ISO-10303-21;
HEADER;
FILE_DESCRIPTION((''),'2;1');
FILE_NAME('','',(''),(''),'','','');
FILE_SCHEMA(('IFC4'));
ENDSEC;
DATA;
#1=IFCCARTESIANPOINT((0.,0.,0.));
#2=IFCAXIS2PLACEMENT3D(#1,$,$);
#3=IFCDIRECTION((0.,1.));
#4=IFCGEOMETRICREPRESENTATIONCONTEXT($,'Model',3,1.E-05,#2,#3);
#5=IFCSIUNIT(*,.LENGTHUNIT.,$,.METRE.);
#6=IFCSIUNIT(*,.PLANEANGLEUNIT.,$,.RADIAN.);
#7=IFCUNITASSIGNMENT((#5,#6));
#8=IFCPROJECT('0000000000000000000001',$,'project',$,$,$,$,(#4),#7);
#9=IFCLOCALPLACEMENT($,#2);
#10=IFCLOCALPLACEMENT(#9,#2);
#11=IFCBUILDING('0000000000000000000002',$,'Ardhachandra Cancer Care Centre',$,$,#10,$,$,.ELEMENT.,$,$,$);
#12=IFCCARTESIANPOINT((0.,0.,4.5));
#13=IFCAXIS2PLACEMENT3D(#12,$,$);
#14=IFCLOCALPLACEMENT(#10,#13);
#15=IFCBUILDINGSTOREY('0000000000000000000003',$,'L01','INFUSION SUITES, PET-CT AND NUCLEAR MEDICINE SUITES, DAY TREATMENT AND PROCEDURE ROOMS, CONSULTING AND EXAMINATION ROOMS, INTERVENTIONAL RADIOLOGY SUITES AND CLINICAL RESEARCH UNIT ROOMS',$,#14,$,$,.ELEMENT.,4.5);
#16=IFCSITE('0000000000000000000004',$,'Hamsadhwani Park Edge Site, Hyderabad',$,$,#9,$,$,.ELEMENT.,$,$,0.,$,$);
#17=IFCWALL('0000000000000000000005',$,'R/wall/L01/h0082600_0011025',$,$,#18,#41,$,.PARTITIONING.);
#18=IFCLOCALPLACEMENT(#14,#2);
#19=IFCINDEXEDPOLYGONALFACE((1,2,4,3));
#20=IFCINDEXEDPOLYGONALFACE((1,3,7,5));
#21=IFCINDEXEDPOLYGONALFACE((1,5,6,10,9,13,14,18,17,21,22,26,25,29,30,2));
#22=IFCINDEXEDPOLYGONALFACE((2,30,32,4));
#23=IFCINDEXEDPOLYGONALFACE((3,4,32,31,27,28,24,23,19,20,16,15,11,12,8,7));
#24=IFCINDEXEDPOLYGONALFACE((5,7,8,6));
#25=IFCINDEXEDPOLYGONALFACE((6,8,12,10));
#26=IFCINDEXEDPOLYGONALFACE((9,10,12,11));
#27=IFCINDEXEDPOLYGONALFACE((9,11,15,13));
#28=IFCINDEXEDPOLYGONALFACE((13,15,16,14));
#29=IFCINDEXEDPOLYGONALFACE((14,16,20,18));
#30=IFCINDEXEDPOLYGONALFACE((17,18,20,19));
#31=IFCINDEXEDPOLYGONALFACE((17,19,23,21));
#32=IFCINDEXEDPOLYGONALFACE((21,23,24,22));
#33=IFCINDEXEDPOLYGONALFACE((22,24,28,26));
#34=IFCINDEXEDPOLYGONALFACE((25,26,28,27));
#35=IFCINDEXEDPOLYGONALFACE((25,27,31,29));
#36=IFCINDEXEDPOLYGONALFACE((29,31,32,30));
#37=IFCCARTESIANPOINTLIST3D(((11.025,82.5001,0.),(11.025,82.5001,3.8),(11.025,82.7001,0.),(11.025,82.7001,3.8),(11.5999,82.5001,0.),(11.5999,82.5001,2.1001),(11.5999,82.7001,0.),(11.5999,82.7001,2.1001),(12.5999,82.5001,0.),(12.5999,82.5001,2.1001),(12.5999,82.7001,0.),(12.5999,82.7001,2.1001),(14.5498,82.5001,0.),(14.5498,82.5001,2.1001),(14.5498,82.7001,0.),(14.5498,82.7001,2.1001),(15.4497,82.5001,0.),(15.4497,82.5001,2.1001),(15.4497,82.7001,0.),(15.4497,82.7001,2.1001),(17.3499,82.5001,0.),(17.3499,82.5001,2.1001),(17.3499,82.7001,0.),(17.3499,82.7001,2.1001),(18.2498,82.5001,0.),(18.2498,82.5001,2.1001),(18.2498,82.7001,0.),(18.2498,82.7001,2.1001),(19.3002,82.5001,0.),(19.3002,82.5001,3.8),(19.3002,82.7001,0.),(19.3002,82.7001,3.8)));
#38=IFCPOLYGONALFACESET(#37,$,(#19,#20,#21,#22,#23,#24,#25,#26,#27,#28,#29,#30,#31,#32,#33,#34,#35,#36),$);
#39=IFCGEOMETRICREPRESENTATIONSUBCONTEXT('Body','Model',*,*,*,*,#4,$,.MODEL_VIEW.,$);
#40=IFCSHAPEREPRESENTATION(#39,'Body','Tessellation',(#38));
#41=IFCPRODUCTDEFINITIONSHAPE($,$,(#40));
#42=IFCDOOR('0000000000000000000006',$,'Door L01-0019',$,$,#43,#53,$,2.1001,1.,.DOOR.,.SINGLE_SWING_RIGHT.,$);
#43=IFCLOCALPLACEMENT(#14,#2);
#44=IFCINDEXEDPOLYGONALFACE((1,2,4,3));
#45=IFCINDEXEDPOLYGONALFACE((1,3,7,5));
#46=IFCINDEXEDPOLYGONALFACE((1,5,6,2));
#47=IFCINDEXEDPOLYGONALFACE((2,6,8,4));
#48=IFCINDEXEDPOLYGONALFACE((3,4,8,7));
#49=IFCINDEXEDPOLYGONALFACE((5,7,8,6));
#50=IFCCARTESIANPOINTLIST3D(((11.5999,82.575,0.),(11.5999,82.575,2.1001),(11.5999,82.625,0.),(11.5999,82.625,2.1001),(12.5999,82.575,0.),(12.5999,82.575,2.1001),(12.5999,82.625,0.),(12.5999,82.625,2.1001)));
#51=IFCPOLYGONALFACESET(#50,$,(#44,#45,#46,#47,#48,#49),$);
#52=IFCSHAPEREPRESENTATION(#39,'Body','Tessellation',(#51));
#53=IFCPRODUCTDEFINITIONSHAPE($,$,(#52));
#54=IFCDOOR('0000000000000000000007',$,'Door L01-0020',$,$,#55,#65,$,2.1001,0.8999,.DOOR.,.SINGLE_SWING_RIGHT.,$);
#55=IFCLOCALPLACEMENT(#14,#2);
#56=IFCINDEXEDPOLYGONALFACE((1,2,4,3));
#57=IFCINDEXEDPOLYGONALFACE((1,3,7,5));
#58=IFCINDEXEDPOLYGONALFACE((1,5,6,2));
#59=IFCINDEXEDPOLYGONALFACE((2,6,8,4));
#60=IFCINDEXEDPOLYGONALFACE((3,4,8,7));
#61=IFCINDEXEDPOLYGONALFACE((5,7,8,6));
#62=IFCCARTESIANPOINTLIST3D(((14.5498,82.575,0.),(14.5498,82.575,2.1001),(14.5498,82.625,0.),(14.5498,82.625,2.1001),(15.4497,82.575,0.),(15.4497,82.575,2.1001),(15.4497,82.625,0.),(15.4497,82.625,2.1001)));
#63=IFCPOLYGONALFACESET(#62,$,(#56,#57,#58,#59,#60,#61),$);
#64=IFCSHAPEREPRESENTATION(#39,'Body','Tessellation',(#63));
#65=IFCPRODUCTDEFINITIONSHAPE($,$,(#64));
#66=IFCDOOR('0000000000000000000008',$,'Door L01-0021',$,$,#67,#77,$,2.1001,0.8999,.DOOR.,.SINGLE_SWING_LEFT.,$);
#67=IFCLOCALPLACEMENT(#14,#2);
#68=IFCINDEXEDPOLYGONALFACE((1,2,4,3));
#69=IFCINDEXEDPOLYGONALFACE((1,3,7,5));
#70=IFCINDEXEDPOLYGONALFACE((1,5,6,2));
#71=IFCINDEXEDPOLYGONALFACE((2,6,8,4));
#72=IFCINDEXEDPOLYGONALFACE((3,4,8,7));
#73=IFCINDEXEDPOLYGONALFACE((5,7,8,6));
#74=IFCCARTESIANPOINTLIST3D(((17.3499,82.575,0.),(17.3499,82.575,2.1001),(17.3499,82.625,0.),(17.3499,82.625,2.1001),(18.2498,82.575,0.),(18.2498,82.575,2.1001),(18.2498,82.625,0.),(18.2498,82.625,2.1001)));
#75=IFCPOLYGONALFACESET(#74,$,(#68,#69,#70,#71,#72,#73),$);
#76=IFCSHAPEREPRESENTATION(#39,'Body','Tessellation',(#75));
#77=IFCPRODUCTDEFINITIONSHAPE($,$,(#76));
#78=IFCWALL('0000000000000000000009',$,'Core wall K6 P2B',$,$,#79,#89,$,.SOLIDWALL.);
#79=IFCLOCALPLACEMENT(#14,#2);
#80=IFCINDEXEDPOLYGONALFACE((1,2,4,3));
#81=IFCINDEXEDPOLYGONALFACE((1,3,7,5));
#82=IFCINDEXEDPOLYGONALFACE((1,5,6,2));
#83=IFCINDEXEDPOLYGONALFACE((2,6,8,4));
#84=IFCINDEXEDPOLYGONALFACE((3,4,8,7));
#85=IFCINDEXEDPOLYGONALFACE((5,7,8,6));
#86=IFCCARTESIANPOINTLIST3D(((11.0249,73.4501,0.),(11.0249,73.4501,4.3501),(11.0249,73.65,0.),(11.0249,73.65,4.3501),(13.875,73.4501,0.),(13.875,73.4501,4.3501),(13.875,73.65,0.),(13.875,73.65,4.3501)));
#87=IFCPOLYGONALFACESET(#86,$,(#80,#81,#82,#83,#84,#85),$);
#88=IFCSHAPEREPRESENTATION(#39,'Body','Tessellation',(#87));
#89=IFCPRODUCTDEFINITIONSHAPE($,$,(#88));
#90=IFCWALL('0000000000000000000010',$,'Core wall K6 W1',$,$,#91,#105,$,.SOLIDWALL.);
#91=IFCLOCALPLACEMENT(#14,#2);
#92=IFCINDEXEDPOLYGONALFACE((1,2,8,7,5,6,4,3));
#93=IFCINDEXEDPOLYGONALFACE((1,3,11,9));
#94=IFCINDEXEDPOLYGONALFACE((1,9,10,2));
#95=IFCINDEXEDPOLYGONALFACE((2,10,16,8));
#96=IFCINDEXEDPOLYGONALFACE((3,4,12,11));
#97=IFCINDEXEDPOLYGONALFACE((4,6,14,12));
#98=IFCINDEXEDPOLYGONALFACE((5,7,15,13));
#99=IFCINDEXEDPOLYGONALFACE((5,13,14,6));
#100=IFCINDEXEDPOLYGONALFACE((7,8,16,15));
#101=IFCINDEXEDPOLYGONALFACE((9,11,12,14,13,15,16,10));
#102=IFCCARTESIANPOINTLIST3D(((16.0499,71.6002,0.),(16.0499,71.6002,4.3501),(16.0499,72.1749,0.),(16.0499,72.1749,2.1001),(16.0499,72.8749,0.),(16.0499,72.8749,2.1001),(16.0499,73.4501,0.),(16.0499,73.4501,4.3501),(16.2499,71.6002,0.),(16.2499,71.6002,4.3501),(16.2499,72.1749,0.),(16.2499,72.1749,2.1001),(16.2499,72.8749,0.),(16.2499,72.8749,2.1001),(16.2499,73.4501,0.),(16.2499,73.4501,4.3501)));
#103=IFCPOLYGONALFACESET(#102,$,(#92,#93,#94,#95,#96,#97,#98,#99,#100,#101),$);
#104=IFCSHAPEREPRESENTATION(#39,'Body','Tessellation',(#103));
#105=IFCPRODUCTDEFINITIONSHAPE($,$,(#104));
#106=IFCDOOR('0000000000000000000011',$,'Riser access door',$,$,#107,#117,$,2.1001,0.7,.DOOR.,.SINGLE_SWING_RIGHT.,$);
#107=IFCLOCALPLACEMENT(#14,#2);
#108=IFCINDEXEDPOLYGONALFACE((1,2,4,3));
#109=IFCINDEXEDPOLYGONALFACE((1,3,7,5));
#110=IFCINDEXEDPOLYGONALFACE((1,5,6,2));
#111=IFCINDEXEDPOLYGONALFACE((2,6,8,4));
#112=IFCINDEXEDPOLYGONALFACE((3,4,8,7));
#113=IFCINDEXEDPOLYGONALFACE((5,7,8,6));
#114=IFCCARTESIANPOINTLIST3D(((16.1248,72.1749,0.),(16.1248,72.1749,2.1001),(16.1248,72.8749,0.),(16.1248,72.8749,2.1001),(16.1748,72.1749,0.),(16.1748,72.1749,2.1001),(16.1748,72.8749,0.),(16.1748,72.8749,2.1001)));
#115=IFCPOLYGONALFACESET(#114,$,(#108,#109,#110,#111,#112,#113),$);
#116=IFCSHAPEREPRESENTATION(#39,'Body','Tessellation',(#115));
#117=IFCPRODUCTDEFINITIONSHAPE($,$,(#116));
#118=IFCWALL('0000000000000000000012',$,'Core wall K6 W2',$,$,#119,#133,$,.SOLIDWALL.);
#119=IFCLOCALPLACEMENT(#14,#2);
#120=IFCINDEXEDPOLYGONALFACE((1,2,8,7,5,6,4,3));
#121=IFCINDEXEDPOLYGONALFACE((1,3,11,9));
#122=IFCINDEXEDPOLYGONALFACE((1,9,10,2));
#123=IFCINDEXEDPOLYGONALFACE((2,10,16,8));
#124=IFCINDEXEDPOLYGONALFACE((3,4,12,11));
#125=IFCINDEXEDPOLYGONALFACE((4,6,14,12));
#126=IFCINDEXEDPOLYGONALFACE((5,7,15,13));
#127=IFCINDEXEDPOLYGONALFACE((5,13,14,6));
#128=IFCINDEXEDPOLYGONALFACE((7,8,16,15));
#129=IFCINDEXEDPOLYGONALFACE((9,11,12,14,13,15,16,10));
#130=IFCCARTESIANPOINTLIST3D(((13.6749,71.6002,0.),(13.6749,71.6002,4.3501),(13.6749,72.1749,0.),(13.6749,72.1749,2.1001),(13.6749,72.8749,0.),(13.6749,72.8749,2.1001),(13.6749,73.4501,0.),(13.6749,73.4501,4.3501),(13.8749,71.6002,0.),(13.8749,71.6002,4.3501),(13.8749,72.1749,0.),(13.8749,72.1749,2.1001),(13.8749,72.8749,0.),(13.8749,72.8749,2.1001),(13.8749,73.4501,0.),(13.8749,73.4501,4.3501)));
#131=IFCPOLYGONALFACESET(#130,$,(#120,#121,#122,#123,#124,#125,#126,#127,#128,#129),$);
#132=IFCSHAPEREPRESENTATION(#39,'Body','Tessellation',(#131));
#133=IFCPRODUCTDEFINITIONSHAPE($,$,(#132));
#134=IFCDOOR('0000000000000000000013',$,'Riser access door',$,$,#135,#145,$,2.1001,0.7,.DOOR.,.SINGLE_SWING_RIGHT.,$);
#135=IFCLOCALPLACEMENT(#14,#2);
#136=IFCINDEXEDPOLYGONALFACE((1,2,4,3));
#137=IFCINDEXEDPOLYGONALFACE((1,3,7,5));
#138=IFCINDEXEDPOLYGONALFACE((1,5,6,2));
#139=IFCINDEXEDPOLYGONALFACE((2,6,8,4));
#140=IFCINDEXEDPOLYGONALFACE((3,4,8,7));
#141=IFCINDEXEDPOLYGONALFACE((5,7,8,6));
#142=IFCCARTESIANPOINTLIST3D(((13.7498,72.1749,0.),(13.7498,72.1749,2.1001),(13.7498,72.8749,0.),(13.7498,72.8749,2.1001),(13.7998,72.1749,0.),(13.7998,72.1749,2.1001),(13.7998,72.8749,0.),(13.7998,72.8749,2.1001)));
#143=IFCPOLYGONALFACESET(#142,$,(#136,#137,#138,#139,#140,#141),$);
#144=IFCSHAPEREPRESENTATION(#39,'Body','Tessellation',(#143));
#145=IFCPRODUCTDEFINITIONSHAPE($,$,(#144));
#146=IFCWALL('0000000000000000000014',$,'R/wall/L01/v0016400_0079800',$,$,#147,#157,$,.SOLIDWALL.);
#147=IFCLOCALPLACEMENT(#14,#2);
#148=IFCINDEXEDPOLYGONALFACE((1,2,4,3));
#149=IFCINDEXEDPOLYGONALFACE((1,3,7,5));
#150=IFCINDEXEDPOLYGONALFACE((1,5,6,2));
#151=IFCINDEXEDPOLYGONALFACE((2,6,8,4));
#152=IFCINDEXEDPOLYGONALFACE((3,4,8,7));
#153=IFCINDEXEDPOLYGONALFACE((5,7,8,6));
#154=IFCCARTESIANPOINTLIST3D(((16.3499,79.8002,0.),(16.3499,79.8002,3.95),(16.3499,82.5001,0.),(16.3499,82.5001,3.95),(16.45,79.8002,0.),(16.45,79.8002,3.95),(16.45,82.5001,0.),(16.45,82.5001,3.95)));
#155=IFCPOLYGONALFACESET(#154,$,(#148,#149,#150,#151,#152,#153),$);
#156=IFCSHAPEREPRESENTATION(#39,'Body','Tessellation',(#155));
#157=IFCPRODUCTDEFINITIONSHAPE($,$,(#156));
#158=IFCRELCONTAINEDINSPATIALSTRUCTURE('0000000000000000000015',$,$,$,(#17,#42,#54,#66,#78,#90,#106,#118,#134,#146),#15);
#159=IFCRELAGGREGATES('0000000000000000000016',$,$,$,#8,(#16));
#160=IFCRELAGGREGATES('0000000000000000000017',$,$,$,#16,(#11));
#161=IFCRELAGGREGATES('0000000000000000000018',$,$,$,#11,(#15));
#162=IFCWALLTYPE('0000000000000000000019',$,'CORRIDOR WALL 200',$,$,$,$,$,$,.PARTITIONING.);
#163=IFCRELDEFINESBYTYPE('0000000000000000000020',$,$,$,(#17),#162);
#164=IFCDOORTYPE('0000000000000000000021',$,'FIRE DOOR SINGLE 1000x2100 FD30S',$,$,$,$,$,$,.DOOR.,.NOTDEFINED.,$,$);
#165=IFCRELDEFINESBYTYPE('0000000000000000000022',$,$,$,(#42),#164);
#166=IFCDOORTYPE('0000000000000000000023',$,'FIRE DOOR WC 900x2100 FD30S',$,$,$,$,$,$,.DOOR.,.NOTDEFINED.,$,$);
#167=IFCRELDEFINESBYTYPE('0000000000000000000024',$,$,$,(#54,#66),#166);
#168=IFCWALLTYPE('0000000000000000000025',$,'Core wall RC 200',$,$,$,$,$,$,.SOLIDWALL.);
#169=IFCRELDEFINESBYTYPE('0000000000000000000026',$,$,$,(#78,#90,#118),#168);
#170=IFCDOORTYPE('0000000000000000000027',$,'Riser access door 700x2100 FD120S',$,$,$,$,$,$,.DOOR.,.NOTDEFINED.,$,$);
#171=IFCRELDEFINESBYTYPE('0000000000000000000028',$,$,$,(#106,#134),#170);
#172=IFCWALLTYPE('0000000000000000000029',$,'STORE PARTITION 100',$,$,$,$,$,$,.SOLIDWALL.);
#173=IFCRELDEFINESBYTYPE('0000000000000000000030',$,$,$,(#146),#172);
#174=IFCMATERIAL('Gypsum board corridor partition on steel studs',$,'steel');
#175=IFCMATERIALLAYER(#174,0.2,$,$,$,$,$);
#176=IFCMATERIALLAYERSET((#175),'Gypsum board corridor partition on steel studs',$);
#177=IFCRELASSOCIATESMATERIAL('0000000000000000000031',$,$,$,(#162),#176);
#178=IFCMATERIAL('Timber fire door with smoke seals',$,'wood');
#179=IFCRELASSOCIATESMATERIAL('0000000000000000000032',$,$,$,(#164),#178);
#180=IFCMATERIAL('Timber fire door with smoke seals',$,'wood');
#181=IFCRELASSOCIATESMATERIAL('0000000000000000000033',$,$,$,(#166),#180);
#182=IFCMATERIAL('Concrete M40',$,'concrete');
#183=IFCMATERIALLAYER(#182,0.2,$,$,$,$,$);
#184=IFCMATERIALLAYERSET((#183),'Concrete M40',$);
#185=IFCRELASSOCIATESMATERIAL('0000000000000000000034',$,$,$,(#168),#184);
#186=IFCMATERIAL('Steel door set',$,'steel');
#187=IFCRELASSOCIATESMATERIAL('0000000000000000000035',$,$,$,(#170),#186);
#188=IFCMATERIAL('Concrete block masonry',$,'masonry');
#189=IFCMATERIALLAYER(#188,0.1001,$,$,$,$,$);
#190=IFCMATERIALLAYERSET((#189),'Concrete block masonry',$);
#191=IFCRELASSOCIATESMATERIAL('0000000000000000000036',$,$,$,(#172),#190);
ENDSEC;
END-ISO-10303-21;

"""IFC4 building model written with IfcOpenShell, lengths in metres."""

from ifc_helpers import new_model, si_unit, direction, frame, frame_2d, origin, place, context, subcontext, project, spatial, rectangle, extrude, material, layer, layer_set, type_object, element, fill, save


model = new_model("IFC4")

# Units and contexts
model_context = context("Model", 3, precision=1e-05, world=origin(), true_north=direction((0.0, 1.0)))
body_context = subcontext(model_context, "Body", "Model", "MODEL_VIEW")
ifc_project = project(units=[si_unit("LENGTHUNIT", "METRE"), si_unit("PLANEANGLEUNIT", "RADIAN")], contexts=[model_context])

# Site, building, storey
site_placement = place(None, origin())
site = spatial("IfcSite", under=ifc_project, at=site_placement, Name="Hamsadhwani Park Edge Site, Hyderabad", CompositionType="ELEMENT", RefElevation=0.0)
building_placement = place(site_placement, origin())
building = spatial("IfcBuilding", under=site, at=building_placement, Name="Ardhachandra Cancer Care Centre", CompositionType="ELEMENT")
storey_placement = place(building_placement, frame((0.0, 0.0, 4.5)))
storey = spatial("IfcBuildingStorey", under=building, at=storey_placement, Name="L01", Description="INFUSION SUITES, PET-CT AND NUCLEAR MEDICINE SUITES, DAY TREATMENT AND PROCEDURE ROOMS, CONSULTING AND EXAMINATION ROOMS, INTERVENTIONAL RADIOLOGY SUITES AND CLINICAL RESEARCH UNIT ROOMS", CompositionType="ELEMENT", Elevation=4.5)

# Wall, openings, doors
ifc_material_1 = material(Name="Gypsum board corridor partition on steel studs", Category="steel")
ifc_layer_1 = layer(ifc_material_1, 0.2)
ifc_layer_set_1 = layer_set([ifc_layer_1], Name="Gypsum board corridor partition on steel studs")
wall_type_1 = type_object("IfcWallType", Name="CORRIDOR WALL 200", PredefinedType="PARTITIONING", material=ifc_layer_set_1)
wall_1_placement = place(storey_placement, frame((11.0249, 82.6001, 0.0), z_axis=(0.0, 0.0, 1.0), x_axis=(1.0, 0.0, 0.0)))
wall_1 = element("IfcWall", 1, at=wall_1_placement, inside=storey, type_object=wall_type_1, Name="R/wall/L01/h0082600_0011025", PredefinedType="PARTITIONING", context=body_context, shape_type="SweptSolid", body=[
    extrude(rectangle(XDim=8.2751, YDim=0.2, at=frame_2d((4.1377, 0.0))), origin(), (0.0, 0.0, 1.0), 3.8),
])
opening_1_placement = place(wall_1_placement, frame((0.575, 0.0, 0.0)))
opening_1 = element("IfcOpeningElement", 2, at=opening_1_placement, cuts=wall_1, PredefinedType="OPENING", context=body_context, shape_type="SweptSolid", body=[
    extrude(rectangle(XDim=1.0, YDim=2.1001, at=frame_2d((0.5, 1.05))), frame((0.0, 0.1099, 0.0), z_axis=(0.0, -1.0, 0.0), x_axis=(1.0, 0.0, 0.0)), (0.0, 0.0, 1.0), 0.22),
])
opening_2_placement = place(wall_1_placement, frame((3.5249, 0.0, 0.0)))
opening_2 = element("IfcOpeningElement", 3, at=opening_2_placement, cuts=wall_1, PredefinedType="OPENING", context=body_context, shape_type="SweptSolid", body=[
    extrude(rectangle(XDim=0.8999, YDim=2.1001, at=frame_2d((0.45, 1.05))), frame((0.0, 0.1099, 0.0), z_axis=(0.0, -1.0, 0.0), x_axis=(1.0, 0.0, 0.0)), (0.0, 0.0, 1.0), 0.22),
])
opening_3_placement = place(wall_1_placement, frame((6.325, 0.0, 0.0)))
opening_3 = element("IfcOpeningElement", 4, at=opening_3_placement, cuts=wall_1, PredefinedType="OPENING", context=body_context, shape_type="SweptSolid", body=[
    extrude(rectangle(XDim=0.8999, YDim=2.1001, at=frame_2d((0.45, 1.05))), frame((0.0, 0.1099, 0.0), z_axis=(0.0, -1.0, 0.0), x_axis=(1.0, 0.0, 0.0)), (0.0, 0.0, 1.0), 0.22),
])
ifc_material_2 = material(Name="Timber fire door with smoke seals", Category="wood")
door_type_1 = type_object("IfcDoorType", Name="FIRE DOOR SINGLE 1000x2100 FD30S", OperationType="NOTDEFINED", PredefinedType="DOOR", material=ifc_material_2)
door_1_placement = place(opening_1_placement, origin())
door_1 = element("IfcDoor", 5, at=door_1_placement, inside=storey, type_object=door_type_1, Name="Door L01-0019", OperationType="SINGLE_SWING_RIGHT", OverallHeight=2.1001, OverallWidth=1.0, PredefinedType="DOOR", context=body_context, shape_type="SweptSolid", body=[
    extrude(rectangle(XDim=1.0, YDim=2.1001, at=frame_2d((0.5, 1.05))), frame((0.0, 0.0249, 0.0), z_axis=(0.0, -1.0, 0.0), x_axis=(1.0, 0.0, 0.0)), (0.0, 0.0, 1.0), 0.05),
])
fill(opening_1, door_1)
ifc_material_3 = material(Name="Timber fire door with smoke seals", Category="wood")
door_type_2 = type_object("IfcDoorType", Name="FIRE DOOR WC 900x2100 FD30S", OperationType="NOTDEFINED", PredefinedType="DOOR", material=ifc_material_3)
door_2_placement = place(opening_2_placement, origin())
door_2 = element("IfcDoor", 6, at=door_2_placement, inside=storey, type_object=door_type_2, Name="Door L01-0020", OperationType="SINGLE_SWING_RIGHT", OverallHeight=2.1001, OverallWidth=0.8999, PredefinedType="DOOR", context=body_context, shape_type="SweptSolid", body=[
    extrude(rectangle(XDim=0.8999, YDim=2.1001, at=frame_2d((0.45, 1.05))), frame((0.0, 0.0249, 0.0), z_axis=(0.0, -1.0, 0.0), x_axis=(1.0, 0.0, 0.0)), (0.0, 0.0, 1.0), 0.05),
])
fill(opening_2, door_2)
door_3_placement = place(opening_3_placement, origin())
door_3 = element("IfcDoor", 7, at=door_3_placement, inside=storey, type_object=door_type_2, Name="Door L01-0021", OperationType="SINGLE_SWING_LEFT", OverallHeight=2.1001, OverallWidth=0.8999, PredefinedType="DOOR", context=body_context, shape_type="SweptSolid", body=[
    extrude(rectangle(XDim=0.8999, YDim=2.1001, at=frame_2d((0.45, 1.05))), frame((0.0, 0.0249, 0.0), z_axis=(0.0, -1.0, 0.0), x_axis=(1.0, 0.0, 0.0)), (0.0, 0.0, 1.0), 0.05),
])
fill(opening_3, door_3)

# Wall
ifc_material_4 = material(Name="Concrete M40", Category="concrete")
ifc_layer_2 = layer(ifc_material_4, 0.2)
ifc_layer_set_2 = layer_set([ifc_layer_2], Name="Concrete M40")
wall_type_2 = type_object("IfcWallType", Name="Core wall RC 200", PredefinedType="SOLIDWALL", material=ifc_layer_set_2)
wall_2_placement = place(storey_placement, frame((13.875, 73.55, 0.0), z_axis=(0.0, 0.0, 1.0), x_axis=(-1.0, 0.0, 0.0)))
element("IfcWall", 8, at=wall_2_placement, inside=storey, type_object=wall_type_2, Name="Core wall K6 P2B", PredefinedType="SOLIDWALL", context=body_context, shape_type="SweptSolid", body=[
    extrude(rectangle(XDim=2.8501, YDim=0.2, at=frame_2d((1.425, 0.0))), origin(), (0.0, 0.0, 1.0), 4.3501),
])

# Walls, openings, doors
wall_3_placement = place(storey_placement, frame((16.1499, 73.45, 0.0), z_axis=(0.0, 0.0, 1.0), x_axis=(0.0, -1.0, 0.0)))
wall_3 = element("IfcWall", 9, at=wall_3_placement, inside=storey, type_object=wall_type_2, Name="Core wall K6 W1", PredefinedType="SOLIDWALL", context=body_context, shape_type="SweptSolid", body=[
    extrude(rectangle(XDim=1.8499, YDim=0.2, at=frame_2d((0.9248, 0.0))), origin(), (0.0, 0.0, 1.0), 4.3501),
])
opening_4_placement = place(wall_3_placement, frame((0.575, 0.0, 0.0)))
opening_4 = element("IfcOpeningElement", 10, at=opening_4_placement, cuts=wall_3, PredefinedType="OPENING", context=body_context, shape_type="SweptSolid", body=[
    extrude(rectangle(XDim=0.7, YDim=2.1001, at=frame_2d((0.3501, 1.05))), frame((0.0, 0.1099, 0.0), z_axis=(0.0, -1.0, 0.0), x_axis=(1.0, 0.0, 0.0)), (0.0, 0.0, 1.0), 0.22),
])
ifc_material_5 = material(Name="Steel door set", Category="steel")
door_type_3 = type_object("IfcDoorType", Name="Riser access door 700x2100 FD120S", OperationType="NOTDEFINED", PredefinedType="DOOR", material=ifc_material_5)
door_4_placement = place(opening_4_placement, origin())
door_4 = element("IfcDoor", 11, at=door_4_placement, inside=storey, type_object=door_type_3, Name="Riser access door", OperationType="SINGLE_SWING_RIGHT", OverallHeight=2.1001, OverallWidth=0.7, PredefinedType="DOOR", context=body_context, shape_type="SweptSolid", body=[
    extrude(rectangle(XDim=0.7, YDim=2.1001, at=frame_2d((0.3501, 1.05))), frame((0.0, 0.0249, 0.0), z_axis=(0.0, -1.0, 0.0), x_axis=(1.0, 0.0, 0.0)), (0.0, 0.0, 1.0), 0.05),
])
fill(opening_4, door_4)
wall_4_placement = place(storey_placement, frame((13.7749, 73.45, 0.0), z_axis=(0.0, 0.0, 1.0), x_axis=(0.0, -1.0, 0.0)))
wall_4 = element("IfcWall", 12, at=wall_4_placement, inside=storey, type_object=wall_type_2, Name="Core wall K6 W2", PredefinedType="SOLIDWALL", context=body_context, shape_type="SweptSolid", body=[
    extrude(rectangle(XDim=1.8499, YDim=0.2, at=frame_2d((0.9248, 0.0))), origin(), (0.0, 0.0, 1.0), 4.3501),
])
opening_5_placement = place(wall_4_placement, frame((0.575, 0.0, 0.0)))
opening_5 = element("IfcOpeningElement", 13, at=opening_5_placement, cuts=wall_4, PredefinedType="OPENING", context=body_context, shape_type="SweptSolid", body=[
    extrude(rectangle(XDim=0.7, YDim=2.1001, at=frame_2d((0.3501, 1.05))), frame((0.0, 0.1099, 0.0), z_axis=(0.0, -1.0, 0.0), x_axis=(1.0, 0.0, 0.0)), (0.0, 0.0, 1.0), 0.22),
])
door_5_placement = place(opening_5_placement, origin())
door_5 = element("IfcDoor", 14, at=door_5_placement, inside=storey, type_object=door_type_3, Name="Riser access door", OperationType="SINGLE_SWING_RIGHT", OverallHeight=2.1001, OverallWidth=0.7, PredefinedType="DOOR", context=body_context, shape_type="SweptSolid", body=[
    extrude(rectangle(XDim=0.7, YDim=2.1001, at=frame_2d((0.3501, 1.05))), frame((0.0, 0.0249, 0.0), z_axis=(0.0, -1.0, 0.0), x_axis=(1.0, 0.0, 0.0)), (0.0, 0.0, 1.0), 0.05),
])
fill(opening_5, door_5)

# Wall
ifc_material_6 = material(Name="Concrete block masonry", Category="masonry")
ifc_layer_3 = layer(ifc_material_6, 0.1001)
ifc_layer_set_3 = layer_set([ifc_layer_3], Name="Concrete block masonry")
wall_type_3 = type_object("IfcWallType", Name="STORE PARTITION 100", PredefinedType="SOLIDWALL", material=ifc_layer_set_3)
wall_5_placement = place(storey_placement, frame((16.3999, 79.8, 0.0), z_axis=(0.0, 0.0, 1.0), x_axis=(0.0, 1.0, 0.0)))
element("IfcWall", 15, at=wall_5_placement, inside=storey, type_object=wall_type_3, Name="R/wall/L01/v0016400_0079800", PredefinedType="SOLIDWALL", context=body_context, shape_type="SweptSolid", body=[
    extrude(rectangle(XDim=2.7, YDim=0.1001, at=frame_2d((1.3501, 0.0))), origin(), (0.0, 0.0, 1.0), 3.95),
])

save(model, "model.ifc")
